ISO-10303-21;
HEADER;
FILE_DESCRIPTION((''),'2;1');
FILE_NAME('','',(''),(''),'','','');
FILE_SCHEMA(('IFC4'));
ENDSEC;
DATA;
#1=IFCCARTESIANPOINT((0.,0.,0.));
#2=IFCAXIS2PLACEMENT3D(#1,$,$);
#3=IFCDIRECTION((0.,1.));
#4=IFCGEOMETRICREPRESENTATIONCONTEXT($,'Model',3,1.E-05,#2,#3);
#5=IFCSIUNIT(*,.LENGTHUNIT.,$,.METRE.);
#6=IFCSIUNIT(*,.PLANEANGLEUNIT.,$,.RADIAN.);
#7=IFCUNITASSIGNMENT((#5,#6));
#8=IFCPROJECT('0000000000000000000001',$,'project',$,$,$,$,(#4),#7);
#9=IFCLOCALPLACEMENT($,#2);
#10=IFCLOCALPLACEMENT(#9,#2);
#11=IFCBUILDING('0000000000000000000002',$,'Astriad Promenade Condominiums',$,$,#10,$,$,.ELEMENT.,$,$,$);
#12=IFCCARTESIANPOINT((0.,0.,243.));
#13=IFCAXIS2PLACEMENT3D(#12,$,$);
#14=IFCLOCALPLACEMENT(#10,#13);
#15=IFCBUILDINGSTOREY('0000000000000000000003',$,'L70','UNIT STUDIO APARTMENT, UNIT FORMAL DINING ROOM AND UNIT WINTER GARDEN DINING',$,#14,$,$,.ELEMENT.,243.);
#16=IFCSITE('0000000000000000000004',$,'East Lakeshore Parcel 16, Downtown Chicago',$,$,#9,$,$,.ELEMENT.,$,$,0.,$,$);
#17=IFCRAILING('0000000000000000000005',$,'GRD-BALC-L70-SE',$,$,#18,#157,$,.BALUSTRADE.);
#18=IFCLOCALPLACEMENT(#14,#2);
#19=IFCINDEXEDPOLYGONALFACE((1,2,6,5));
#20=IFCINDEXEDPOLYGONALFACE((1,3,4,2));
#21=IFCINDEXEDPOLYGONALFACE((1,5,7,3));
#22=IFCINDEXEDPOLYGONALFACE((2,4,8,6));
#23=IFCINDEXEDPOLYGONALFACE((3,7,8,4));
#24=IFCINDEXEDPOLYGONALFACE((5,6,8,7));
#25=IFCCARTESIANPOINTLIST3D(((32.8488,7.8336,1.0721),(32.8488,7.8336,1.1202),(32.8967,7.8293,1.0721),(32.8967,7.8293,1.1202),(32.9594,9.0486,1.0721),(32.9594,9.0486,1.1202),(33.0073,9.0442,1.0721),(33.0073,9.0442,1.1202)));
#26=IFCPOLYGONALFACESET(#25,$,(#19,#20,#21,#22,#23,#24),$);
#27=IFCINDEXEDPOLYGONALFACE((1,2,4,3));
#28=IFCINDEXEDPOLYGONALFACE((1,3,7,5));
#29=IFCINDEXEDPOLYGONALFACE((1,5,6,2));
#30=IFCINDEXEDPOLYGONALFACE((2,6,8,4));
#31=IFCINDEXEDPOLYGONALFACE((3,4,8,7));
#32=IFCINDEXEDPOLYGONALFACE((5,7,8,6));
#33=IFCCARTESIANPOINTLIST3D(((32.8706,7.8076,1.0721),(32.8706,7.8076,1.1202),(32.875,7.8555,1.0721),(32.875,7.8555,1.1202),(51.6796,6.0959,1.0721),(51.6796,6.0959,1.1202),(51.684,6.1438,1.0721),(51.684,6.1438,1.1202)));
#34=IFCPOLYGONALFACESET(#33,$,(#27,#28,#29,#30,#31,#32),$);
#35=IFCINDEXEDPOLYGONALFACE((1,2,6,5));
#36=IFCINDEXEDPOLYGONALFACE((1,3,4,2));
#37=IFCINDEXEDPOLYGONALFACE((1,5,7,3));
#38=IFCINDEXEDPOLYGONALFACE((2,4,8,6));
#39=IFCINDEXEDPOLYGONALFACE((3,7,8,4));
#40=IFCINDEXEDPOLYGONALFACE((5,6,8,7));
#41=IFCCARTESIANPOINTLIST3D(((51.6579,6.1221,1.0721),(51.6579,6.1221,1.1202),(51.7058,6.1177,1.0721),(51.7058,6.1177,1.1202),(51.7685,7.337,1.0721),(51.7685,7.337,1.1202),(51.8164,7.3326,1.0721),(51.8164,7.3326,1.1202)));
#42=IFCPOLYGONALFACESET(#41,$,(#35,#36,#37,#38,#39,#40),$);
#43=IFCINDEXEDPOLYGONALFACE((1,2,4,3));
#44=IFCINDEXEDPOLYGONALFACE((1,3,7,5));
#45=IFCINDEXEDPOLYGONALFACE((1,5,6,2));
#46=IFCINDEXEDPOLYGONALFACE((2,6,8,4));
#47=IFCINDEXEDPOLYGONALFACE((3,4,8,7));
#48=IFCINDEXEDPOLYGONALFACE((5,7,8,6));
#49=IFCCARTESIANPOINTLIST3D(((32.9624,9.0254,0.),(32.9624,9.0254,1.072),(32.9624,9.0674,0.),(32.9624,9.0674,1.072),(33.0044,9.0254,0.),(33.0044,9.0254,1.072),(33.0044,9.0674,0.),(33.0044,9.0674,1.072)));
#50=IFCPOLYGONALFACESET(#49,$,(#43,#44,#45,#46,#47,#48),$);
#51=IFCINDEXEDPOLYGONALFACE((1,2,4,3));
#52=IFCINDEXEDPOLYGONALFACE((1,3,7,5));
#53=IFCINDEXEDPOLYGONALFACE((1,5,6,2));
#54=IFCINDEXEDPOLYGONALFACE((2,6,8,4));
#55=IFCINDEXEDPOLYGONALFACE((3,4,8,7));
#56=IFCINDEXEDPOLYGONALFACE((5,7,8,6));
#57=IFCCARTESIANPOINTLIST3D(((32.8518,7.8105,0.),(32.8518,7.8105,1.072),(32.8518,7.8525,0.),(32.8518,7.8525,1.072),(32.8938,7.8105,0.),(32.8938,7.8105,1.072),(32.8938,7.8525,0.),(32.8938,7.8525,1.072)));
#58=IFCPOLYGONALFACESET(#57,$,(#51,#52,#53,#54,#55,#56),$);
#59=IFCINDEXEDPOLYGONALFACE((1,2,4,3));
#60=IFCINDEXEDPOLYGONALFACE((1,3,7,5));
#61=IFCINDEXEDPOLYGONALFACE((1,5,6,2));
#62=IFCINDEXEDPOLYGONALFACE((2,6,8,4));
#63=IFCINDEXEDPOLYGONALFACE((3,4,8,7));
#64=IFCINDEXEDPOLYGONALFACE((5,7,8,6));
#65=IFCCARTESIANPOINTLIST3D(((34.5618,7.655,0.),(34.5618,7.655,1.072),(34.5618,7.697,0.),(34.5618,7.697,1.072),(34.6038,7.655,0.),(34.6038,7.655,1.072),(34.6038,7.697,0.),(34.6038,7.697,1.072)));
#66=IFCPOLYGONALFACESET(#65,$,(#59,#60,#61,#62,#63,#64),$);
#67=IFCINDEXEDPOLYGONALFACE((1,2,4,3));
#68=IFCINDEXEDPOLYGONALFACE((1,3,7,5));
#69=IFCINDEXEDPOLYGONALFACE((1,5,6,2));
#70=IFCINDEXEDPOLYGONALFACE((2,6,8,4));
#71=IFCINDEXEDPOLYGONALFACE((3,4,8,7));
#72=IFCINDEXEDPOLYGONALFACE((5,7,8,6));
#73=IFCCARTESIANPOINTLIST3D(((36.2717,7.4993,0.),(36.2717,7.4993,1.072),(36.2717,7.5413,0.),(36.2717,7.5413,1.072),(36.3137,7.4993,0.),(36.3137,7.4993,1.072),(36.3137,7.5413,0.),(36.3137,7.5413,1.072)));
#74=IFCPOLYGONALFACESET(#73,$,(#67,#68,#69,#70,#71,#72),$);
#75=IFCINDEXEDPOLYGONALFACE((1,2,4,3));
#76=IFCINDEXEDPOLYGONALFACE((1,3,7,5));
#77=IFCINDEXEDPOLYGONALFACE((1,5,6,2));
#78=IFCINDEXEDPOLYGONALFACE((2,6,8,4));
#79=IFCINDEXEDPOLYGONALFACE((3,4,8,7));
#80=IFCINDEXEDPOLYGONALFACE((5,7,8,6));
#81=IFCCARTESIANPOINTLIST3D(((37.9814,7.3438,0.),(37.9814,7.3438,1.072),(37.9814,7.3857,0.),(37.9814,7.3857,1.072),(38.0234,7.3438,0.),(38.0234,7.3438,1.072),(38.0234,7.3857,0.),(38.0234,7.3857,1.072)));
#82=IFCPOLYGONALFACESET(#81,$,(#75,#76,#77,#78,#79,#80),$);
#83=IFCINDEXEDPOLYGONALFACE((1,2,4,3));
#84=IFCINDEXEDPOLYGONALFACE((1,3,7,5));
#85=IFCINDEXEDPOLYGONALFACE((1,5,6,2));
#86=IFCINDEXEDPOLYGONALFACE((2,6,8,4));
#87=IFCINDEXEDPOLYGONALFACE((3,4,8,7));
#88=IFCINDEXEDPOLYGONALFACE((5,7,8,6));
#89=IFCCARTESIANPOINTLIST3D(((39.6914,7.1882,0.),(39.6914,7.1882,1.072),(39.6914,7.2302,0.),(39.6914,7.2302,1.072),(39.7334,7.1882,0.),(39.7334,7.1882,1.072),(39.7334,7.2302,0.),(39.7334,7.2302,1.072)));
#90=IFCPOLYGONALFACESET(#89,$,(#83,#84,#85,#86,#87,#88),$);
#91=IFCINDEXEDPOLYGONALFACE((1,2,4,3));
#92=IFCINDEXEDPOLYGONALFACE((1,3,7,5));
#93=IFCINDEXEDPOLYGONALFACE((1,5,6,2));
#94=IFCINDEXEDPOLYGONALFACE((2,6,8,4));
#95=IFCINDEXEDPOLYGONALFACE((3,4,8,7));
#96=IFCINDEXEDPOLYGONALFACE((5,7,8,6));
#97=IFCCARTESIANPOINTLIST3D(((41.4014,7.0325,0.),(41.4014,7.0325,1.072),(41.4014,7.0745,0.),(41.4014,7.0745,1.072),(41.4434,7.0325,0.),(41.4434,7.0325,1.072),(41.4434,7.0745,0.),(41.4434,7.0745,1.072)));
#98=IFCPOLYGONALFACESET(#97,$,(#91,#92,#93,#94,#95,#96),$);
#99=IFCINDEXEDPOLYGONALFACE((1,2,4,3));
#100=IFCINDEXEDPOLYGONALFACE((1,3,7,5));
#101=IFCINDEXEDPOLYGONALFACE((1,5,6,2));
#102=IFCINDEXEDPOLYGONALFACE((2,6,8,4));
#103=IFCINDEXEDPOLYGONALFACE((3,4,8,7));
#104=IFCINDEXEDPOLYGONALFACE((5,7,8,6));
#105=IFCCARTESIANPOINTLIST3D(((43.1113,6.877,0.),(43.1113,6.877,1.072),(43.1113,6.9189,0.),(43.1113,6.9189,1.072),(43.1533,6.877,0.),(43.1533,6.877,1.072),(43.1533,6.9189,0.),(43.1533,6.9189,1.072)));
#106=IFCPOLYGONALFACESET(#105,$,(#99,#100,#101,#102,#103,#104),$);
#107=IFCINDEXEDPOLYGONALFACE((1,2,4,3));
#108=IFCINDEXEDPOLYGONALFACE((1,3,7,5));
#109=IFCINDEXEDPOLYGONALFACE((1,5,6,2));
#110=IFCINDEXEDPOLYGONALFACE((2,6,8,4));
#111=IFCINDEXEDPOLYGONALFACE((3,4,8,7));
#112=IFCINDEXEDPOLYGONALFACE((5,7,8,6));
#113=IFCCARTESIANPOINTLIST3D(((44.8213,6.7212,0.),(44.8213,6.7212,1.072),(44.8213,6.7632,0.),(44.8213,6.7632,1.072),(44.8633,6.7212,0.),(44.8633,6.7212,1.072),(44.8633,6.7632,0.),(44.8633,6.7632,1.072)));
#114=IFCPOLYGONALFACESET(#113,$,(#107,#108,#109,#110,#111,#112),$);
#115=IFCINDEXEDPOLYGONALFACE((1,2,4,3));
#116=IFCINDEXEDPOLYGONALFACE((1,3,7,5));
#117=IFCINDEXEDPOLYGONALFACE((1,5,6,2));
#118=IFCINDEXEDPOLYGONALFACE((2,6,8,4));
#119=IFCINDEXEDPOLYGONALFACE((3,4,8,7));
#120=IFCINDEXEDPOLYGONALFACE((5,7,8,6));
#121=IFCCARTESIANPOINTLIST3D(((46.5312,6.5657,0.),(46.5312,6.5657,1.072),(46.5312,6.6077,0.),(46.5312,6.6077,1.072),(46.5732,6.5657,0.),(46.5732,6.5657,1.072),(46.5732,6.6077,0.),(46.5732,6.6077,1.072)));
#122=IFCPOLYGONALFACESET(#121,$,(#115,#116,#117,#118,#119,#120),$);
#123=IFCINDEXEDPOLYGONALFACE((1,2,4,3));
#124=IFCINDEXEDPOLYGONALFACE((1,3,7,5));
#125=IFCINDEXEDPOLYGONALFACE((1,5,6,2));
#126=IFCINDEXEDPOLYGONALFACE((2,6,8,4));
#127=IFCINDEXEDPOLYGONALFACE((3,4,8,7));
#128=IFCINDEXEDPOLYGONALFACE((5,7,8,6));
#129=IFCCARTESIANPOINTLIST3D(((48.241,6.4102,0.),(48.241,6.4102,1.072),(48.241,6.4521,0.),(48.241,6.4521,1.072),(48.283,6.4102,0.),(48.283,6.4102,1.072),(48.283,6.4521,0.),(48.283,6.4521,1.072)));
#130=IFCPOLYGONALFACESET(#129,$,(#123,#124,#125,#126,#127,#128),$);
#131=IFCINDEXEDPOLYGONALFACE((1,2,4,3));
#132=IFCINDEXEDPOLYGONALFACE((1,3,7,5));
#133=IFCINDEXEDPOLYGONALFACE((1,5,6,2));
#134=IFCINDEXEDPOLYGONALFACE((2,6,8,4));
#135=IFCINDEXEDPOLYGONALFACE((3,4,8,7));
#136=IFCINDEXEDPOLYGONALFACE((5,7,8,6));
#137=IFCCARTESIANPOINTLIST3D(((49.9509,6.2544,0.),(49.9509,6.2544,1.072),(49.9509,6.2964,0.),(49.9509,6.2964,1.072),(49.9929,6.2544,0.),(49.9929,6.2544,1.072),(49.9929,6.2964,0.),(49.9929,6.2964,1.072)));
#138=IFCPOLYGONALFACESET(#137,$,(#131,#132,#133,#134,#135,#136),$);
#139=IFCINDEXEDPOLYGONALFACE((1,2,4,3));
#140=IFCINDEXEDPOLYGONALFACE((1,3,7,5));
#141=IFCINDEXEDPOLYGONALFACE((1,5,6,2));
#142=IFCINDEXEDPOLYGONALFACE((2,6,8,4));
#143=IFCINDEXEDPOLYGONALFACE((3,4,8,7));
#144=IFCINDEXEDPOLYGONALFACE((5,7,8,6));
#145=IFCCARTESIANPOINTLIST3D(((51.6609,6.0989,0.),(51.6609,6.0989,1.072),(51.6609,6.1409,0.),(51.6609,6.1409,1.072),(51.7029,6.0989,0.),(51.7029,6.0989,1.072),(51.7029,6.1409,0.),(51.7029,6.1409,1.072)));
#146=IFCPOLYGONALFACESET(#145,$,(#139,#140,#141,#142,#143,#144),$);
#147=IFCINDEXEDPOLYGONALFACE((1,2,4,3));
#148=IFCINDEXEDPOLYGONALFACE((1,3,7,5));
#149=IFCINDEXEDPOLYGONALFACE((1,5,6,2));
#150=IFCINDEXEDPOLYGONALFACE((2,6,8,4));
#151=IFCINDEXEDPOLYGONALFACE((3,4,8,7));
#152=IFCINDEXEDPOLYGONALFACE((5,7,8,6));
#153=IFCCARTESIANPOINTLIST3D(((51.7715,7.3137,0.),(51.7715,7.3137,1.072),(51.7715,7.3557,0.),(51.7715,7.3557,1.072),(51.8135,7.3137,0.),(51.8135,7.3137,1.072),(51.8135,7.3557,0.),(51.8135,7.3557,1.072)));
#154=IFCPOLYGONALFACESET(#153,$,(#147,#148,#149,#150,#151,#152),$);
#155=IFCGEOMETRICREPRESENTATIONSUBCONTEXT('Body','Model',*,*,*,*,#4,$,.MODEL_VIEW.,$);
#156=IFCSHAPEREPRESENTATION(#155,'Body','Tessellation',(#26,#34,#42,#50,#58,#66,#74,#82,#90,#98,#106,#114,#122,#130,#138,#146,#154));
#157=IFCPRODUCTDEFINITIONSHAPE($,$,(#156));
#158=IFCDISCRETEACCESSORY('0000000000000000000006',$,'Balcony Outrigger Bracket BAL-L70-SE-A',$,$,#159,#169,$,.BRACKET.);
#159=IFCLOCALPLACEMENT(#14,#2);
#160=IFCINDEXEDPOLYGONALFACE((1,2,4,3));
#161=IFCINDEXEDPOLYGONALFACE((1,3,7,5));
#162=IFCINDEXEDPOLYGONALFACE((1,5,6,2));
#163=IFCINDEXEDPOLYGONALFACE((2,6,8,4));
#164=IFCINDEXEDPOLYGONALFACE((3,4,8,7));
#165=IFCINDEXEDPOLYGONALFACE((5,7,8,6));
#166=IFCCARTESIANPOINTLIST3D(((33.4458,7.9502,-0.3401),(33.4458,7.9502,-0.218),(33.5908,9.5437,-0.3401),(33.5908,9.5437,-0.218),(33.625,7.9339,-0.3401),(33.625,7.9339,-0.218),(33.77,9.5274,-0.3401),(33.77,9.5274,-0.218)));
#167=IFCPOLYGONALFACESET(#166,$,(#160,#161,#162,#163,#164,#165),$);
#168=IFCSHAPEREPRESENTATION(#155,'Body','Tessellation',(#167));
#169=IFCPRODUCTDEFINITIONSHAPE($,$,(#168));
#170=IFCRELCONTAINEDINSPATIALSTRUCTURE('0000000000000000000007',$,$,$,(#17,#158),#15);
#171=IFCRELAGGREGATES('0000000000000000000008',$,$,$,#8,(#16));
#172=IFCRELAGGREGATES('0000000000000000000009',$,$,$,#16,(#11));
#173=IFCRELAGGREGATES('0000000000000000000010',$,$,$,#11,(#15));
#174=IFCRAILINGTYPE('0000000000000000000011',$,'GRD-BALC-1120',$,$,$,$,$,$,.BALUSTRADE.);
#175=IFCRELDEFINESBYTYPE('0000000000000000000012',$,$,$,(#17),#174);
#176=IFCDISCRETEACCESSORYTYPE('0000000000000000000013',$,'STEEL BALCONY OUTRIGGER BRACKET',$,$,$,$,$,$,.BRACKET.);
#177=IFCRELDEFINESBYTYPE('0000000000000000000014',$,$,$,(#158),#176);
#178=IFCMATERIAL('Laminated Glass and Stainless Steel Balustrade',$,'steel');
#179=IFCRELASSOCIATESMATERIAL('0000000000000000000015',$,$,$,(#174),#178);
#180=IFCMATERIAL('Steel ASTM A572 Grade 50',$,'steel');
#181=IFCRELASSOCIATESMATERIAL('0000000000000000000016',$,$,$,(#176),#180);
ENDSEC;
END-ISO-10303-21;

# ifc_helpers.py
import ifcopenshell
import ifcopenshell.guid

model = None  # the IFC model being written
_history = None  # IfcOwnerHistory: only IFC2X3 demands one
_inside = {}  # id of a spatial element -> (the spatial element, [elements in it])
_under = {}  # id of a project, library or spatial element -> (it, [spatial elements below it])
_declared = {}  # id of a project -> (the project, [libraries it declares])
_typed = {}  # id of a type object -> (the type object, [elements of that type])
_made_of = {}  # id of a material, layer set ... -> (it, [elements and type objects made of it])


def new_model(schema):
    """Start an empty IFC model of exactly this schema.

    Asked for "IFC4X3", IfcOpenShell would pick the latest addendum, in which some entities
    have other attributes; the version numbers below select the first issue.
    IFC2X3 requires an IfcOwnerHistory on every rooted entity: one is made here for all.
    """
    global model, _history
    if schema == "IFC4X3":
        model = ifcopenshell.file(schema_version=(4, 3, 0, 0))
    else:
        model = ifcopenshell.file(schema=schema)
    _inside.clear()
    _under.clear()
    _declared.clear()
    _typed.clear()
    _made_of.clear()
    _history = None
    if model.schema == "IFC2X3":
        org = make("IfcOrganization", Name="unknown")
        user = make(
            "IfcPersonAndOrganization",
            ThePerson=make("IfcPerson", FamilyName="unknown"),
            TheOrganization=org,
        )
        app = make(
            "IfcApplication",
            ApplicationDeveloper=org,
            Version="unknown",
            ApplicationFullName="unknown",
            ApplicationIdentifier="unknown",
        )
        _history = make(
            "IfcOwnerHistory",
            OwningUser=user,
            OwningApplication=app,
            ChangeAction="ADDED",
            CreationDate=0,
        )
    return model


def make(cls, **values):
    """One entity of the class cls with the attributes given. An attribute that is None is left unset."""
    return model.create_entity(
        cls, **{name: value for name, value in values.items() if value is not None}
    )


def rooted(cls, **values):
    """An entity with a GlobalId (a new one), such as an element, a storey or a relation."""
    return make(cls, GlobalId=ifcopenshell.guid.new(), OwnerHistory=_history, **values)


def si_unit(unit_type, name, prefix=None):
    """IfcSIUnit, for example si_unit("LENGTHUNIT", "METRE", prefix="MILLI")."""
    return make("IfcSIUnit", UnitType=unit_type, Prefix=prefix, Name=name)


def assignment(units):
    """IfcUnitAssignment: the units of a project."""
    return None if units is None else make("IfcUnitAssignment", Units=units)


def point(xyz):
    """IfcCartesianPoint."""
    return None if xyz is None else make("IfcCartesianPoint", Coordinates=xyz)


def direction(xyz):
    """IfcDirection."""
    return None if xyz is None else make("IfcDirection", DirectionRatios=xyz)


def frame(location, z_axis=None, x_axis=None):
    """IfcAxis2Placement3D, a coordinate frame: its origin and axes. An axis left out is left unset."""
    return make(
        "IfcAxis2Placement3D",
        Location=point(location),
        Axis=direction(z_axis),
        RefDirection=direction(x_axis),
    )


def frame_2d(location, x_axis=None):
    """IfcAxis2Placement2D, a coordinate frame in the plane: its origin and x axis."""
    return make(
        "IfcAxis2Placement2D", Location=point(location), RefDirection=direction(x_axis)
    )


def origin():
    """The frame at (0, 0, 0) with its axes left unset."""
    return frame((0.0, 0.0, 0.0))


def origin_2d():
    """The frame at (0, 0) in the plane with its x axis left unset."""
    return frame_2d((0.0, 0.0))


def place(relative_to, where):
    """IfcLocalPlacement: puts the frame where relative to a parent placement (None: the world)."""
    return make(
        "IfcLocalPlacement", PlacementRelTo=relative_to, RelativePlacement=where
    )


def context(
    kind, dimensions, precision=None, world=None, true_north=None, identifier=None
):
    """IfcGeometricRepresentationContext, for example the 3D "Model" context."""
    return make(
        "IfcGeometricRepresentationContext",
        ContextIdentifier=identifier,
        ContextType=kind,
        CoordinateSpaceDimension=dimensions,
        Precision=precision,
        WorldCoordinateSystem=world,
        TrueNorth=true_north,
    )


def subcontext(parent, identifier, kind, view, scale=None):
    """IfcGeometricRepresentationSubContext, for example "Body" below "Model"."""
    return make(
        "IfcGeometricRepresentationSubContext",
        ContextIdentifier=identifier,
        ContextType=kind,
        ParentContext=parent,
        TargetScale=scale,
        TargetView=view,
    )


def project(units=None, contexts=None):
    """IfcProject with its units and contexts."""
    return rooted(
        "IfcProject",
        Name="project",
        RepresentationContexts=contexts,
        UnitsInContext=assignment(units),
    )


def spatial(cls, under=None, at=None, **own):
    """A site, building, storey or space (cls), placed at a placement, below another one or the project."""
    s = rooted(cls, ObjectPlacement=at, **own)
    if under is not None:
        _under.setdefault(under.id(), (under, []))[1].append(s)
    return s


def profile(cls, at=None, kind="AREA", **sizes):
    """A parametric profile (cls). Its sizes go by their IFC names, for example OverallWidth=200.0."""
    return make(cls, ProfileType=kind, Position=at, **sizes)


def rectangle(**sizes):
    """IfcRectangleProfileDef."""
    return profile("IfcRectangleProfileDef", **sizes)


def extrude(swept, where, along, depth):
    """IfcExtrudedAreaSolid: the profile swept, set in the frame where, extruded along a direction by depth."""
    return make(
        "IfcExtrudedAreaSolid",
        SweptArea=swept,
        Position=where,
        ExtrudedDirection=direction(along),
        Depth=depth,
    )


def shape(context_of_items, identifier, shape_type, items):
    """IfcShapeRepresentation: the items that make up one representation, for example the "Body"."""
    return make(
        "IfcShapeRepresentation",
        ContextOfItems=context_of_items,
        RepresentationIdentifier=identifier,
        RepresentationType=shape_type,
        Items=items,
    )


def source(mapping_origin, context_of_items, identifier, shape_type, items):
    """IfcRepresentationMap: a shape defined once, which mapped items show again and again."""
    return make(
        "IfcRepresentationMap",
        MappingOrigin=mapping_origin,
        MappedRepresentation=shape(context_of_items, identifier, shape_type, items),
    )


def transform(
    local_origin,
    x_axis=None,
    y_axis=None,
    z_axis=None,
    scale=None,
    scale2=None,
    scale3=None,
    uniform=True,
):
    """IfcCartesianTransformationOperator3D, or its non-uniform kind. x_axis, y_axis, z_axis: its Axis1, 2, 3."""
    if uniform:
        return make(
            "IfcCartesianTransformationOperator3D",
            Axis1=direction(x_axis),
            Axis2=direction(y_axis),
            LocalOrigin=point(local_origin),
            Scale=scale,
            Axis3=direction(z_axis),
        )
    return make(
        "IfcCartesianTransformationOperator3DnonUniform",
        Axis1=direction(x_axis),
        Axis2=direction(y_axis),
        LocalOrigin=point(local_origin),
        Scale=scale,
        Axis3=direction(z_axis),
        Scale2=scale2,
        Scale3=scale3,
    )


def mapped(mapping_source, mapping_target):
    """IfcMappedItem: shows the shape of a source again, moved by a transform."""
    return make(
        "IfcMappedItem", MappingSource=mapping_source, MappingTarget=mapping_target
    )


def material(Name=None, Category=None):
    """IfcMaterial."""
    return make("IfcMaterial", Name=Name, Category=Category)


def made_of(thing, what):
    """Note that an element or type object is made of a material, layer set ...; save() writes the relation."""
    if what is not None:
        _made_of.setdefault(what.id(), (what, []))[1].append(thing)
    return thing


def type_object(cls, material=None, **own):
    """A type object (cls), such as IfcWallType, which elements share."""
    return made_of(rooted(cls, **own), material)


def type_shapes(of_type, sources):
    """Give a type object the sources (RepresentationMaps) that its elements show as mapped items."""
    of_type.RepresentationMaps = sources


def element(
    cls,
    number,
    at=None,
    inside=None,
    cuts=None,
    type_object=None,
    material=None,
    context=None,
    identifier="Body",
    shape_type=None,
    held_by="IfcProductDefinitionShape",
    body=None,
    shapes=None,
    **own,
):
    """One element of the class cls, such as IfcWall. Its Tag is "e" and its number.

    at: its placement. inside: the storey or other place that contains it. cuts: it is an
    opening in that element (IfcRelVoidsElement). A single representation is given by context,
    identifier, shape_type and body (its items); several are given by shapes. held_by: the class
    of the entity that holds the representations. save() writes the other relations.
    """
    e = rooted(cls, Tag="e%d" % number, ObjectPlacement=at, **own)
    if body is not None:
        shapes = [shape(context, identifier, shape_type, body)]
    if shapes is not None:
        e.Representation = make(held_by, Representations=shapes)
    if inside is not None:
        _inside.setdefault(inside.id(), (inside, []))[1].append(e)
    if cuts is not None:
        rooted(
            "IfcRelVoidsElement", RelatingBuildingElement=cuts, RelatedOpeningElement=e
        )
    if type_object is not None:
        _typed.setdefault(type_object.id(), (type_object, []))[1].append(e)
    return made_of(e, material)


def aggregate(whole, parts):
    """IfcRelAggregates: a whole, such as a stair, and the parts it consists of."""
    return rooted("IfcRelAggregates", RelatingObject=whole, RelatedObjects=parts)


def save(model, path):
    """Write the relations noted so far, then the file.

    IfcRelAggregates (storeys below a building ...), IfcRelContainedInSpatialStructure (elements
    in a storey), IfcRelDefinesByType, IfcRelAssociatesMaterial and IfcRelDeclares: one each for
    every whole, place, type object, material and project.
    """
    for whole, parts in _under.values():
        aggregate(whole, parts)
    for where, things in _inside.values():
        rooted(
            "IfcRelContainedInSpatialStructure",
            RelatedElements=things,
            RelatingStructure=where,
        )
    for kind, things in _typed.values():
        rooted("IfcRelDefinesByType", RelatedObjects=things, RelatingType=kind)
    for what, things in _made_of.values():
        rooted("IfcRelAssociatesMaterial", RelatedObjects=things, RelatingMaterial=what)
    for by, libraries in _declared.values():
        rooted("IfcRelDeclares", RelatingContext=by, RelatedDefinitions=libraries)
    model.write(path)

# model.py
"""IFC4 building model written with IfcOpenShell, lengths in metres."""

from ifc_helpers import new_model, si_unit, direction, frame, origin, origin_2d, place, context, subcontext, project, spatial, rectangle, extrude, source, transform, mapped, material, type_object, type_shapes, element, save


model = new_model("IFC4")

# Units and contexts
model_context = context("Model", 3, precision=1e-05, world=origin(), true_north=direction((0.0, 1.0)))
body_context = subcontext(model_context, "Body", "Model", "MODEL_VIEW")
ifc_project = project(units=[si_unit("LENGTHUNIT", "METRE"), si_unit("PLANEANGLEUNIT", "RADIAN")], contexts=[model_context])

# Site, building, storey
site_placement = place(None, origin())
site = spatial("IfcSite", under=ifc_project, at=site_placement, Name="East Lakeshore Parcel 16, Downtown Chicago", CompositionType="ELEMENT", RefElevation=0.0)
building_placement = place(site_placement, origin())
building = spatial("IfcBuilding", under=site, at=building_placement, Name="Astriad Promenade Condominiums", CompositionType="ELEMENT")
storey_placement = place(building_placement, frame((0.0, 0.0, 243.0)))
storey = spatial("IfcBuildingStorey", under=building, at=storey_placement, Name="L70", Description="UNIT STUDIO APARTMENT, UNIT FORMAL DINING ROOM AND UNIT WINTER GARDEN DINING", CompositionType="ELEMENT", Elevation=243.0)

# Railing
ifc_material_1 = material(Name="Laminated Glass and Stainless Steel Balustrade", Category="steel")
railing_type = type_object("IfcRailingType", Name="GRD-BALC-1120", PredefinedType="BALUSTRADE", material=ifc_material_1)
shared_shape_1 = source(origin(), body_context, "Body", "SweptSolid", [
    extrude(rectangle(XDim=0.0481, YDim=0.0481, at=origin_2d()), frame((0.0, 0.0, 1.0962), z_axis=(-0.090662, -0.995882, 0.0), x_axis=(0.995882, -0.090662, 0.0)), (0.0, 0.0, 1.0), 1.22),
    extrude(rectangle(XDim=0.0481, YDim=0.0481, at=origin_2d()), frame((-0.1106, -1.2148, 1.0962), z_axis=(0.995885, -0.090628, 0.0), x_axis=(0.090628, 0.995885, 0.0)), (0.0, 0.0, 1.0), 18.8867),
    extrude(rectangle(XDim=0.0481, YDim=0.0481, at=origin_2d()), frame((18.6985, -2.9265, 1.0962), z_axis=(0.090662, 0.995882, 0.0), x_axis=(-0.995882, 0.090662, 0.0)), (0.0, 0.0, 1.0), 1.22),
    extrude(rectangle(XDim=0.042, YDim=0.042, at=origin_2d()), origin(), (0.0, 0.0, 1.0), 1.072),
    extrude(rectangle(XDim=0.042, YDim=0.042, at=origin_2d()), frame((-0.1106, -1.2148, 0.0)), (0.0, 0.0, 1.0), 1.072),
    extrude(rectangle(XDim=0.042, YDim=0.042, at=origin_2d()), frame((1.5994, -1.3704, 0.0)), (0.0, 0.0, 1.0), 1.072),
    extrude(rectangle(XDim=0.042, YDim=0.042, at=origin_2d()), frame((3.3093, -1.5261, 0.0)), (0.0, 0.0, 1.0), 1.072),
    extrude(rectangle(XDim=0.042, YDim=0.042, at=origin_2d()), frame((5.019, -1.6816, 0.0)), (0.0, 0.0, 1.0), 1.072),
    extrude(rectangle(XDim=0.042, YDim=0.042, at=origin_2d()), frame((6.729, -1.8372, 0.0)), (0.0, 0.0, 1.0), 1.072),
    extrude(rectangle(XDim=0.042, YDim=0.042, at=origin_2d()), frame((8.439, -1.9929, 0.0)), (0.0, 0.0, 1.0), 1.072),
    extrude(rectangle(XDim=0.042, YDim=0.042, at=origin_2d()), frame((10.1489, -2.1484, 0.0)), (0.0, 0.0, 1.0), 1.072),
    extrude(rectangle(XDim=0.042, YDim=0.042, at=origin_2d()), frame((11.8589, -2.3042, 0.0)), (0.0, 0.0, 1.0), 1.072),
    extrude(rectangle(XDim=0.042, YDim=0.042, at=origin_2d()), frame((13.5688, -2.4597, 0.0)), (0.0, 0.0, 1.0), 1.072),
    extrude(rectangle(XDim=0.042, YDim=0.042, at=origin_2d()), frame((15.2786, -2.6152, 0.0)), (0.0, 0.0, 1.0), 1.072),
    extrude(rectangle(XDim=0.042, YDim=0.042, at=origin_2d()), frame((16.9885, -2.771, 0.0)), (0.0, 0.0, 1.0), 1.072),
    extrude(rectangle(XDim=0.042, YDim=0.042, at=origin_2d()), frame((18.6985, -2.9265, 0.0)), (0.0, 0.0, 1.0), 1.072),
    extrude(rectangle(XDim=0.042, YDim=0.042, at=origin_2d()), frame((18.8091, -1.7117, 0.0)), (0.0, 0.0, 1.0), 1.072),
])
type_shapes(railing_type, [shared_shape_1])
railing_placement = place(storey_placement, frame((32.9834, 9.0464, 0.0)))
element("IfcRailing", 1, at=railing_placement, inside=storey, type_object=railing_type, Name="GRD-BALC-L70-SE", PredefinedType="BALUSTRADE", context=body_context, shape_type="MappedRepresentation", body=[
    mapped(shared_shape_1, transform((0.0, 0.0, 0.0), scale=1.0)),
])

# Discrete accessory
ifc_material_2 = material(Name="Steel ASTM A572 Grade 50", Category="steel")
discrete_accessory_type = type_object("IfcDiscreteAccessoryType", Name="STEEL BALCONY OUTRIGGER BRACKET", PredefinedType="BRACKET", material=ifc_material_2)
shared_shape_2 = source(origin(), body_context, "Body", "SweptSolid", [
    extrude(rectangle(XDim=1.6001, YDim=0.1799, at=origin_2d()), origin(), (0.0, 0.0, 1.0), 0.1221),
])
type_shapes(discrete_accessory_type, [shared_shape_2])
discrete_accessory_placement = place(storey_placement, frame((33.6079, 8.7388, -0.3401), z_axis=(0.0, 0.0, 1.0), x_axis=(-0.090633, -0.995884, 0.0)))
element("IfcDiscreteAccessory", 2, at=discrete_accessory_placement, inside=storey, type_object=discrete_accessory_type, Name="Balcony Outrigger Bracket BAL-L70-SE-A", PredefinedType="BRACKET", context=body_context, shape_type="MappedRepresentation", body=[
    mapped(shared_shape_2, transform((0.0, 0.0, 0.0), scale=1.0)),
])

save(model, "model.ifc")
